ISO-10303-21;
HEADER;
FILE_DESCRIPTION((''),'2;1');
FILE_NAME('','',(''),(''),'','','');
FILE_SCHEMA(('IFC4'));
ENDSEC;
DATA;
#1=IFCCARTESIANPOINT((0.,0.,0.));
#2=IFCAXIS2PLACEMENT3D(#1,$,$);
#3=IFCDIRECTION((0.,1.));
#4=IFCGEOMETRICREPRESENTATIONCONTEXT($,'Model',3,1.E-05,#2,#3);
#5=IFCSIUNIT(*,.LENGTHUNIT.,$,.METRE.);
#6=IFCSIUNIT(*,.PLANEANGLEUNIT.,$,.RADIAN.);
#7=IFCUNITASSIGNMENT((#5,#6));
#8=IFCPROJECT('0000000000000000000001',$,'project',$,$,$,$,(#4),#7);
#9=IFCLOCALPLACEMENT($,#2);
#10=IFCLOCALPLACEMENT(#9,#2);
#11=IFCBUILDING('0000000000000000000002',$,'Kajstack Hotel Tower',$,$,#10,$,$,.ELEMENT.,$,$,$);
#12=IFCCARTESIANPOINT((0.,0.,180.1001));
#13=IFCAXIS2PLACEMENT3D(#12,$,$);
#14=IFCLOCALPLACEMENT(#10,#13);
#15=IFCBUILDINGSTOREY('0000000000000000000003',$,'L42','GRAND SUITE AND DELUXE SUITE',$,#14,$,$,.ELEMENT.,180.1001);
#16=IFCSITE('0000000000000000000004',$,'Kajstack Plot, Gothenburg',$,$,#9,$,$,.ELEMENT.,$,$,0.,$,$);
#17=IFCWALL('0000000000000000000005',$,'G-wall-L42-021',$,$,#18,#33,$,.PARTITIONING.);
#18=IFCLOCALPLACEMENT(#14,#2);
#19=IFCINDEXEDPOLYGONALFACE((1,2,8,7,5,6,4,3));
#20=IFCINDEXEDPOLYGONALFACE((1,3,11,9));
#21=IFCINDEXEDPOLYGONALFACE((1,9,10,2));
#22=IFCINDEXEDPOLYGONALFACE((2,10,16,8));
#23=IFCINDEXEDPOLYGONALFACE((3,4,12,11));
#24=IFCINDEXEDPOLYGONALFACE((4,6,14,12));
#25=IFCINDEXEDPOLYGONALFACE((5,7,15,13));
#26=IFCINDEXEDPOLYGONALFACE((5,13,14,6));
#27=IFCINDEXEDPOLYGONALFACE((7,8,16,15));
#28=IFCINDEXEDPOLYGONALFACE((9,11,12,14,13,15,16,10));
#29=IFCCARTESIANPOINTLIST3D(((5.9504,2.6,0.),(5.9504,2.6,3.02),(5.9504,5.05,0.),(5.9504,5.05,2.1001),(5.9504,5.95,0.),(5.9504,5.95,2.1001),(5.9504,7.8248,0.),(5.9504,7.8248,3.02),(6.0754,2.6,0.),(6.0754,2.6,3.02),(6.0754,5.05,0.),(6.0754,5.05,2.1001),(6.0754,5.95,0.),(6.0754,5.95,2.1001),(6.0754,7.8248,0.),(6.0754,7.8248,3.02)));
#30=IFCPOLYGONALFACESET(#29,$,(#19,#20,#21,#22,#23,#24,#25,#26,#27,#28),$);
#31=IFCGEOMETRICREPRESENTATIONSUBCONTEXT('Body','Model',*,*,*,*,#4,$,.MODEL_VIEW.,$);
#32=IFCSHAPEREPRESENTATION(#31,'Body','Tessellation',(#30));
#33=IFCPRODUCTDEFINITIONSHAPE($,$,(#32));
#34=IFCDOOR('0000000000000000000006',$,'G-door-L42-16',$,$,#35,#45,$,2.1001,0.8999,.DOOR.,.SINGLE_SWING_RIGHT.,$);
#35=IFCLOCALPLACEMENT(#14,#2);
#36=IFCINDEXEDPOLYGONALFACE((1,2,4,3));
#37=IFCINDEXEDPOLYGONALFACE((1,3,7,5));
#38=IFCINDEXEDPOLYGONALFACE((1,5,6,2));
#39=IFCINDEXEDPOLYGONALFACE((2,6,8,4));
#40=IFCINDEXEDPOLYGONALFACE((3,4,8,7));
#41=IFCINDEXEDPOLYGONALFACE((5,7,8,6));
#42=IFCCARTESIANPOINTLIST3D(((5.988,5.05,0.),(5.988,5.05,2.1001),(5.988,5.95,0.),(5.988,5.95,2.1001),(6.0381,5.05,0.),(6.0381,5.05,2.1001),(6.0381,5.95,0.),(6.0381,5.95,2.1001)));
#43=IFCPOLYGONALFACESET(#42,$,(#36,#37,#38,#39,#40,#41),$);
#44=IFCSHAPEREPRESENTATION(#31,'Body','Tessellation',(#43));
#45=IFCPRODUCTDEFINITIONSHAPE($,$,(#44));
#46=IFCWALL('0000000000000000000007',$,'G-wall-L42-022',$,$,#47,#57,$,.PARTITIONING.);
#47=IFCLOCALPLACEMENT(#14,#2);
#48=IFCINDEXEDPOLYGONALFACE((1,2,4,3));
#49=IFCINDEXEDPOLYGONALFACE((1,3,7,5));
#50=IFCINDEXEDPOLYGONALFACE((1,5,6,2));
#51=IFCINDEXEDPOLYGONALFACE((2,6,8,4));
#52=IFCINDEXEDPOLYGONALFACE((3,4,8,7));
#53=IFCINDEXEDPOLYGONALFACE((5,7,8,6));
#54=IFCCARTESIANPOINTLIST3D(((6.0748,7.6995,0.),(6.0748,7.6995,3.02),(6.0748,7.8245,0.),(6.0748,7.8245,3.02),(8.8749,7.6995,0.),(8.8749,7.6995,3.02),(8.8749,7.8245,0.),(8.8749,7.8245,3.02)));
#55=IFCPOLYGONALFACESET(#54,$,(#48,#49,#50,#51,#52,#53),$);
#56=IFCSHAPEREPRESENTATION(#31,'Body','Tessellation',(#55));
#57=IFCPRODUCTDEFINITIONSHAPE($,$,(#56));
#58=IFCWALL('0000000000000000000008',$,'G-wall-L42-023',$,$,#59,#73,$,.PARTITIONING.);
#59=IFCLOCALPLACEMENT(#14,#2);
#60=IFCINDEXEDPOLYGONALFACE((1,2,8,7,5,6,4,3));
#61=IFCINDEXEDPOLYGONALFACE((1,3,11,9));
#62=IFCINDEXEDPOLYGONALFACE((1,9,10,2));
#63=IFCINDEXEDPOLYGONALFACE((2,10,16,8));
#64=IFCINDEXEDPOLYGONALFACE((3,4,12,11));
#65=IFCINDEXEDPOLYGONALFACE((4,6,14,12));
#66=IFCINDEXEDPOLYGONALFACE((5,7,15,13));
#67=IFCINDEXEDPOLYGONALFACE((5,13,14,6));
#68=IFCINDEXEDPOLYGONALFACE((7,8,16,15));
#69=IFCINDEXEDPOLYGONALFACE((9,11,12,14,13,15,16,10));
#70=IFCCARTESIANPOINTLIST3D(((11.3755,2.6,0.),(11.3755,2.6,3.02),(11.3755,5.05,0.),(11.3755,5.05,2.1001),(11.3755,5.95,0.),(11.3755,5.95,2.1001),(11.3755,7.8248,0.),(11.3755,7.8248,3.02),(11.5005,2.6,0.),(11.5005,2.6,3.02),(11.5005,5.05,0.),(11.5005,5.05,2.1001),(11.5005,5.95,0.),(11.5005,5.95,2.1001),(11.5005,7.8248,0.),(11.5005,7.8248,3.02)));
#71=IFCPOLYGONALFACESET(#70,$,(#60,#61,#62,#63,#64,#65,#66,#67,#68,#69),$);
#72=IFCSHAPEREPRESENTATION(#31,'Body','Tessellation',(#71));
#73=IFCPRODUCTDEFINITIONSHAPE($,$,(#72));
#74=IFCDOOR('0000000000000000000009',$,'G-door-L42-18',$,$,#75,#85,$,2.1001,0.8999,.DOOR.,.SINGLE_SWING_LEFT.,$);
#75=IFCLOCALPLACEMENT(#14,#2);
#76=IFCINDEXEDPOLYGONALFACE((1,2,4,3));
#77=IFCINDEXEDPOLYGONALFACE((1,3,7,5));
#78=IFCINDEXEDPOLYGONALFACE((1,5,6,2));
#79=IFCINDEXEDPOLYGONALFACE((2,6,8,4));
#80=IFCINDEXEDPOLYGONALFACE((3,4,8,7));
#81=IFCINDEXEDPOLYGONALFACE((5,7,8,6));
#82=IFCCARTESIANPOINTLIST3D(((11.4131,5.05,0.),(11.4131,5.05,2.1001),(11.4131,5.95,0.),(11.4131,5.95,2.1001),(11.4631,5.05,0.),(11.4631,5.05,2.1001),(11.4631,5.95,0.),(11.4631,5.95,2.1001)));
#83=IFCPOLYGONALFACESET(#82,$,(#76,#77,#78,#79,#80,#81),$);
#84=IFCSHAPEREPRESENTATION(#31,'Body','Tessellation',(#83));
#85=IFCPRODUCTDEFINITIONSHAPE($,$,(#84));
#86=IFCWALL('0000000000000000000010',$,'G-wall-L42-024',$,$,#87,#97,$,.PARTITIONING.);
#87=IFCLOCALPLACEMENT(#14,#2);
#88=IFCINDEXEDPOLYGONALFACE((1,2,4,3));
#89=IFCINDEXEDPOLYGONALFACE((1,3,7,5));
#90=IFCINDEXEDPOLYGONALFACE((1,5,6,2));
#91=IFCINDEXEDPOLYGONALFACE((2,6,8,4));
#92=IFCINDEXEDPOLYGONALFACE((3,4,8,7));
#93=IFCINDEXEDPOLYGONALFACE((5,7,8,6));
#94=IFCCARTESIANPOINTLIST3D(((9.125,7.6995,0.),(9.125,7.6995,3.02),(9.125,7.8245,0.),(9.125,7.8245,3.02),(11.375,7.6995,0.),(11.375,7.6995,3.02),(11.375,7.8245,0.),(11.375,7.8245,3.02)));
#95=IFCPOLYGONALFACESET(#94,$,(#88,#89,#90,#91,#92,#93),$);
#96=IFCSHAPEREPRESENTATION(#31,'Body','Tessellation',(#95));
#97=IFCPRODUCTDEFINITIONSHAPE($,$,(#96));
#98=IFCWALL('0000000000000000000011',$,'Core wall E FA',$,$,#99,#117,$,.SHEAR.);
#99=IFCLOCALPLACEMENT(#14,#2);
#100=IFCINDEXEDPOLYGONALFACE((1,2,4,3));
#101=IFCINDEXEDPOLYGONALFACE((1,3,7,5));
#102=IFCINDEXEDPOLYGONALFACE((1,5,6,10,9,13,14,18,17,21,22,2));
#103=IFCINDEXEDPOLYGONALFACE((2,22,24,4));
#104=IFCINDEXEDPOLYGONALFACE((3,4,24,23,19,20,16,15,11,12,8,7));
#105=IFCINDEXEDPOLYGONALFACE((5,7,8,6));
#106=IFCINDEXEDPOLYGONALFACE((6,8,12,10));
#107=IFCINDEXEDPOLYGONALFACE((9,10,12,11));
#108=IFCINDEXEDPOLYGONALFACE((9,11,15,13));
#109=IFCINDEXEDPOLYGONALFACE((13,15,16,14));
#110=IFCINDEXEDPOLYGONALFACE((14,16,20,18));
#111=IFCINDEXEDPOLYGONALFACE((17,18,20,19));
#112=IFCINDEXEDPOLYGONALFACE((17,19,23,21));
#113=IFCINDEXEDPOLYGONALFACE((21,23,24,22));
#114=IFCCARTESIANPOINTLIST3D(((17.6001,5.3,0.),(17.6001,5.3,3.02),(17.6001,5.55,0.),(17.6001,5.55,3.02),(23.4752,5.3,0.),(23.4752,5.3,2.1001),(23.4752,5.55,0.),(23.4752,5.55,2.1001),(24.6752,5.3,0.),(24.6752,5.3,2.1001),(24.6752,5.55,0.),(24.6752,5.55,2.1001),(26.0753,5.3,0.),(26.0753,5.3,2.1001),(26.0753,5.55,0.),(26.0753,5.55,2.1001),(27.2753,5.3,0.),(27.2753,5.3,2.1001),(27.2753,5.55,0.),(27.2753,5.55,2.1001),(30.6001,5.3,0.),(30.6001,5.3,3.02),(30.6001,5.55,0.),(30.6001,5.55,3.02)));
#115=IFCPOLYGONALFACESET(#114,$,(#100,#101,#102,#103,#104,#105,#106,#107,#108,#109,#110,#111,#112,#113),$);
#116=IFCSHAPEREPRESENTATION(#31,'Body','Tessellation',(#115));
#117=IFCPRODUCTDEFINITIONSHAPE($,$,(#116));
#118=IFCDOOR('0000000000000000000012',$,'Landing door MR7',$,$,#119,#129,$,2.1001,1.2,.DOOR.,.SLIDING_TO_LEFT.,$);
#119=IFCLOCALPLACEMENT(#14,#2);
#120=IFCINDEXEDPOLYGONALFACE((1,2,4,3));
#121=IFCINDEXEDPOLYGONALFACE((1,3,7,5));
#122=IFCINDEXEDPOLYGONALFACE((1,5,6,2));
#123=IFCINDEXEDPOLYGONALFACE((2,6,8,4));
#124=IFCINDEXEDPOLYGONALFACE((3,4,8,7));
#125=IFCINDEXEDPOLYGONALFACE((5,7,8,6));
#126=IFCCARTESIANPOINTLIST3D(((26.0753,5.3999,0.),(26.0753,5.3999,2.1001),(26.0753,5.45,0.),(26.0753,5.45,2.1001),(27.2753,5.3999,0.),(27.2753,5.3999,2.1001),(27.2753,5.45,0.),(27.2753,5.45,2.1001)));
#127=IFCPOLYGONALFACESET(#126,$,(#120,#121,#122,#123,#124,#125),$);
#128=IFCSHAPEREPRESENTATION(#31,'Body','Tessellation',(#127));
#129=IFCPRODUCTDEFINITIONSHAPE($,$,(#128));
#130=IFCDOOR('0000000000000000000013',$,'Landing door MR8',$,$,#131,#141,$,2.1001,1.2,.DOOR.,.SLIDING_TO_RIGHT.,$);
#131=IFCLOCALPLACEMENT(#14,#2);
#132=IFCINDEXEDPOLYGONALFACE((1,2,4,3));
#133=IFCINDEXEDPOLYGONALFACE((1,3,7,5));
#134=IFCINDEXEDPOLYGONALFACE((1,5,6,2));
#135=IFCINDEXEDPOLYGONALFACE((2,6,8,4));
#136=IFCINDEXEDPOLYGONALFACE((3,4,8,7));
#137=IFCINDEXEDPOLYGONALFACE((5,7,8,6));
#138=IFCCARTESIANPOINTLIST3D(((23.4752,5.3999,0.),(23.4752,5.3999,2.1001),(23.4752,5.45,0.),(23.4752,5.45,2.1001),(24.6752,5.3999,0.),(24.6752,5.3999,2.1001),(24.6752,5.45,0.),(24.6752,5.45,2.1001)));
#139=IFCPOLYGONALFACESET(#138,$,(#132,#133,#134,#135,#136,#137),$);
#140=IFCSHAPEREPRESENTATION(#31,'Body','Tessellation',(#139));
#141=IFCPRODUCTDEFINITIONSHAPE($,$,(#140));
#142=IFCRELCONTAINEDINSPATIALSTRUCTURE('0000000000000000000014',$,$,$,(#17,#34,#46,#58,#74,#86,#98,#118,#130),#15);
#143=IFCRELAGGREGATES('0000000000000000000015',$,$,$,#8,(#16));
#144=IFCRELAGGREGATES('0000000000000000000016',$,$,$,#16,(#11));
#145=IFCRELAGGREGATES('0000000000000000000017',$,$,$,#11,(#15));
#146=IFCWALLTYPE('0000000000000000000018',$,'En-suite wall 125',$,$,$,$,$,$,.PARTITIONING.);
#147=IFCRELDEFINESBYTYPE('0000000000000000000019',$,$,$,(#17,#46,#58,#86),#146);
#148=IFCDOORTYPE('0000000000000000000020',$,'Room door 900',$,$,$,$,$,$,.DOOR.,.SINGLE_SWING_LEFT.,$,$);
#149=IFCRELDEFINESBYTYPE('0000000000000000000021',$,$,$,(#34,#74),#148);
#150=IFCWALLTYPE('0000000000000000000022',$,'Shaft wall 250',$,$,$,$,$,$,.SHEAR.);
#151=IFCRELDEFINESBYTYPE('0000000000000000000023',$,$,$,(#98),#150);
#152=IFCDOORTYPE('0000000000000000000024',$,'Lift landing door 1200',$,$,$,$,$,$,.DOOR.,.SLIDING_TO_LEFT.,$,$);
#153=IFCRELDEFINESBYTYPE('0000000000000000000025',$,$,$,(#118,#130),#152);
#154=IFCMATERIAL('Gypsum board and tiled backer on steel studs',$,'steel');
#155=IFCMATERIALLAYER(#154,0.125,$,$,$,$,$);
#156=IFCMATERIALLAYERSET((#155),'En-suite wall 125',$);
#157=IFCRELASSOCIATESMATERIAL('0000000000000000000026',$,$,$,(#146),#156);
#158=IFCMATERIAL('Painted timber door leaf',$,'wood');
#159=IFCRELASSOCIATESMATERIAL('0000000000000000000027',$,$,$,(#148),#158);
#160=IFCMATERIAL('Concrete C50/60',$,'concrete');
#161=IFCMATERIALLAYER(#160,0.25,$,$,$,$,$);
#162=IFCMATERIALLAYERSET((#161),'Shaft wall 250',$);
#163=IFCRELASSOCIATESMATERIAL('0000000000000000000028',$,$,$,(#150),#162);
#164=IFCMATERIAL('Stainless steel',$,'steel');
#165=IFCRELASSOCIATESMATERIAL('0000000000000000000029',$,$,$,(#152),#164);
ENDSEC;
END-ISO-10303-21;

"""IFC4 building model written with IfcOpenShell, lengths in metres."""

from ifc_helpers import new_model, si_unit, direction, frame, frame_2d, origin, place, context, subcontext, project, spatial, rectangle, extrude, material, layer, layer_set, type_object, element, fill, save


model = new_model("IFC4")

# Units and contexts
model_context = context("Model", 3, precision=1e-05, world=origin(), true_north=direction((0.0, 1.0)))
body_context = subcontext(model_context, "Body", "Model", "MODEL_VIEW")
ifc_project = project(units=[si_unit("LENGTHUNIT", "METRE"), si_unit("PLANEANGLEUNIT", "RADIAN")], contexts=[model_context])

# Site, building, storey
site_placement = place(None, origin())
site = spatial("IfcSite", under=ifc_project, at=site_placement, Name="Kajstack Plot, Gothenburg", CompositionType="ELEMENT", RefElevation=0.0)
building_placement = place(site_placement, origin())
building = spatial("IfcBuilding", under=site, at=building_placement, Name="Kajstack Hotel Tower", CompositionType="ELEMENT")
storey_placement = place(building_placement, frame((0.0, 0.0, 180.1001)))
storey = spatial("IfcBuildingStorey", under=building, at=storey_placement, Name="L42", Description="GRAND SUITE AND DELUXE SUITE", CompositionType="ELEMENT", Elevation=180.1001)

# Wall, opening, door
ifc_material_1 = material(Name="Gypsum board and tiled backer on steel studs", Category="steel")
ifc_layer_1 = layer(ifc_material_1, 0.125)
ifc_layer_set_1 = layer_set([ifc_layer_1], Name="En-suite wall 125")
wall_type_1 = type_object("IfcWallType", Name="En-suite wall 125", PredefinedType="PARTITIONING", material=ifc_layer_set_1)
wall_1_placement = place(storey_placement, frame((6.0129, 2.6001, 0.0), z_axis=(0.0, 0.0, 1.0), x_axis=(0.0, 1.0, 0.0)))
wall_1 = element("IfcWall", 1, at=wall_1_placement, inside=storey, type_object=wall_type_1, Name="G-wall-L42-021", PredefinedType="PARTITIONING", context=body_context, shape_type="SweptSolid", body=[
    extrude(rectangle(XDim=5.2249, YDim=0.125, at=frame_2d((2.6123, 0.0))), origin(), (0.0, 0.0, 1.0), 3.02),
])
opening_1_placement = place(wall_1_placement, frame((2.45, 0.0, 0.0)))
opening_1 = element("IfcOpeningElement", 2, at=opening_1_placement, cuts=wall_1, PredefinedType="OPENING", context=body_context, shape_type="SweptSolid", body=[
    extrude(rectangle(XDim=0.8999, YDim=2.1001, at=frame_2d((0.45, 1.05))), frame((0.0, 0.0725, 0.0), z_axis=(0.0, -1.0, 0.0), x_axis=(1.0, 0.0, 0.0)), (0.0, 0.0, 1.0), 0.145),
])
ifc_material_2 = material(Name="Painted timber door leaf", Category="wood")
door_type_1 = type_object("IfcDoorType", Name="Room door 900", OperationType="SINGLE_SWING_LEFT", PredefinedType="DOOR", material=ifc_material_2)
door_1_placement = place(opening_1_placement, origin())
door_1 = element("IfcDoor", 3, at=door_1_placement, inside=storey, type_object=door_type_1, Name="G-door-L42-16", OperationType="SINGLE_SWING_RIGHT", OverallHeight=2.1001, OverallWidth=0.8999, PredefinedType="DOOR", context=body_context, shape_type="SweptSolid", body=[
    extrude(rectangle(XDim=0.8999, YDim=2.1001, at=frame_2d((0.45, 1.05))), frame((0.0, 0.0249, 0.0), z_axis=(0.0, -1.0, 0.0), x_axis=(1.0, 0.0, 0.0)), (0.0, 0.0, 1.0), 0.05),
])
fill(opening_1, door_1)

# Wall
wall_2_placement = place(storey_placement, frame((6.075, 7.762, 0.0), z_axis=(0.0, 0.0, 1.0), x_axis=(1.0, 0.0, 0.0)))
element("IfcWall", 4, at=wall_2_placement, inside=storey, type_object=wall_type_1, Name="G-wall-L42-022", PredefinedType="PARTITIONING", context=body_context, shape_type="SweptSolid", body=[
    extrude(rectangle(XDim=2.8, YDim=0.125, at=frame_2d((1.3999, 0.0))), origin(), (0.0, 0.0, 1.0), 3.02),
])

# Wall, opening, door
wall_3_placement = place(storey_placement, frame((11.438, 2.6001, 0.0), z_axis=(0.0, 0.0, 1.0), x_axis=(0.0, 1.0, 0.0)))
wall_3 = element("IfcWall", 5, at=wall_3_placement, inside=storey, type_object=wall_type_1, Name="G-wall-L42-023", PredefinedType="PARTITIONING", context=body_context, shape_type="SweptSolid", body=[
    extrude(rectangle(XDim=5.2249, YDim=0.125, at=frame_2d((2.6123, 0.0))), origin(), (0.0, 0.0, 1.0), 3.02),
])
opening_2_placement = place(wall_3_placement, frame((2.45, 0.0, 0.0)))
opening_2 = element("IfcOpeningElement", 6, at=opening_2_placement, cuts=wall_3, PredefinedType="OPENING", context=body_context, shape_type="SweptSolid", body=[
    extrude(rectangle(XDim=0.8999, YDim=2.1001, at=frame_2d((0.45, 1.05))), frame((0.0, 0.0725, 0.0), z_axis=(0.0, -1.0, 0.0), x_axis=(1.0, 0.0, 0.0)), (0.0, 0.0, 1.0), 0.145),
])
door_2_placement = place(opening_2_placement, origin())
door_2 = element("IfcDoor", 7, at=door_2_placement, inside=storey, type_object=door_type_1, Name="G-door-L42-18", OperationType="SINGLE_SWING_LEFT", OverallHeight=2.1001, OverallWidth=0.8999, PredefinedType="DOOR", context=body_context, shape_type="SweptSolid", body=[
    extrude(rectangle(XDim=0.8999, YDim=2.1001, at=frame_2d((0.45, 1.05))), frame((0.0, 0.0249, 0.0), z_axis=(0.0, -1.0, 0.0), x_axis=(1.0, 0.0, 0.0)), (0.0, 0.0, 1.0), 0.05),
])
fill(opening_2, door_2)

# Wall
wall_4_placement = place(storey_placement, frame((9.125, 7.762, 0.0), z_axis=(0.0, 0.0, 1.0), x_axis=(1.0, 0.0, 0.0)))
element("IfcWall", 8, at=wall_4_placement, inside=storey, type_object=wall_type_1, Name="G-wall-L42-024", PredefinedType="PARTITIONING", context=body_context, shape_type="SweptSolid", body=[
    extrude(rectangle(XDim=2.25, YDim=0.125, at=frame_2d((1.125, 0.0))), origin(), (0.0, 0.0, 1.0), 3.02),
])

# Wall, openings, doors
ifc_material_3 = material(Name="Concrete C50/60", Category="concrete")
ifc_layer_2 = layer(ifc_material_3, 0.25)
ifc_layer_set_2 = layer_set([ifc_layer_2], Name="Shaft wall 250")
wall_type_2 = type_object("IfcWallType", Name="Shaft wall 250", PredefinedType="SHEAR", material=ifc_layer_set_2)
wall_5_placement = place(storey_placement, frame((17.6001, 5.425, 0.0), z_axis=(0.0, 0.0, 1.0), x_axis=(1.0, 0.0, 0.0)))
wall_5 = element("IfcWall", 9, at=wall_5_placement, inside=storey, type_object=wall_type_2, Name="Core wall E FA", PredefinedType="SHEAR", context=body_context, shape_type="SweptSolid", body=[
    extrude(rectangle(XDim=13.0, YDim=0.25, at=frame_2d((6.5, 0.0))), origin(), (0.0, 0.0, 1.0), 3.02),
])
opening_3_placement = place(wall_5_placement, frame((8.4751, 0.0, 0.0)))
opening_3 = element("IfcOpeningElement", 10, at=opening_3_placement, cuts=wall_5, PredefinedType="OPENING", context=body_context, shape_type="SweptSolid", body=[
    extrude(rectangle(XDim=1.2, YDim=2.1001, at=frame_2d((0.6001, 1.05))), frame((0.0, 0.135, 0.0), z_axis=(0.0, -1.0, 0.0), x_axis=(1.0, 0.0, 0.0)), (0.0, 0.0, 1.0), 0.27),
])
opening_4_placement = place(wall_5_placement, frame((5.875, 0.0, 0.0)))
opening_4 = element("IfcOpeningElement", 11, at=opening_4_placement, cuts=wall_5, PredefinedType="OPENING", context=body_context, shape_type="SweptSolid", body=[
    extrude(rectangle(XDim=1.2, YDim=2.1001, at=frame_2d((0.6001, 1.05))), frame((0.0, 0.135, 0.0), z_axis=(0.0, -1.0, 0.0), x_axis=(1.0, 0.0, 0.0)), (0.0, 0.0, 1.0), 0.27),
])
ifc_material_4 = material(Name="Stainless steel", Category="steel")
door_type_2 = type_object("IfcDoorType", Name="Lift landing door 1200", OperationType="SLIDING_TO_LEFT", PredefinedType="DOOR", material=ifc_material_4)
door_3_placement = place(opening_3_placement, origin())
door_3 = element("IfcDoor", 12, at=door_3_placement, inside=storey, type_object=door_type_2, Name="Landing door MR7", OperationType="SLIDING_TO_LEFT", OverallHeight=2.1001, OverallWidth=1.2, PredefinedType="DOOR", context=body_context, shape_type="SweptSolid", body=[
    extrude(rectangle(XDim=1.2, YDim=2.1001, at=frame_2d((0.6001, 1.05))), frame((0.0, 0.0249, 0.0), z_axis=(0.0, -1.0, 0.0), x_axis=(1.0, 0.0, 0.0)), (0.0, 0.0, 1.0), 0.05),
])
fill(opening_3, door_3)
door_4_placement = place(opening_4_placement, origin())
door_4 = element("IfcDoor", 13, at=door_4_placement, inside=storey, type_object=door_type_2, Name="Landing door MR8", OperationType="SLIDING_TO_RIGHT", OverallHeight=2.1001, OverallWidth=1.2, PredefinedType="DOOR", context=body_context, shape_type="SweptSolid", body=[
    extrude(rectangle(XDim=1.2, YDim=2.1001, at=frame_2d((0.6001, 1.05))), frame((0.0, 0.0249, 0.0), z_axis=(0.0, -1.0, 0.0), x_axis=(1.0, 0.0, 0.0)), (0.0, 0.0, 1.0), 0.05),
])
fill(opening_4, door_4)

save(model, "model.ifc")
